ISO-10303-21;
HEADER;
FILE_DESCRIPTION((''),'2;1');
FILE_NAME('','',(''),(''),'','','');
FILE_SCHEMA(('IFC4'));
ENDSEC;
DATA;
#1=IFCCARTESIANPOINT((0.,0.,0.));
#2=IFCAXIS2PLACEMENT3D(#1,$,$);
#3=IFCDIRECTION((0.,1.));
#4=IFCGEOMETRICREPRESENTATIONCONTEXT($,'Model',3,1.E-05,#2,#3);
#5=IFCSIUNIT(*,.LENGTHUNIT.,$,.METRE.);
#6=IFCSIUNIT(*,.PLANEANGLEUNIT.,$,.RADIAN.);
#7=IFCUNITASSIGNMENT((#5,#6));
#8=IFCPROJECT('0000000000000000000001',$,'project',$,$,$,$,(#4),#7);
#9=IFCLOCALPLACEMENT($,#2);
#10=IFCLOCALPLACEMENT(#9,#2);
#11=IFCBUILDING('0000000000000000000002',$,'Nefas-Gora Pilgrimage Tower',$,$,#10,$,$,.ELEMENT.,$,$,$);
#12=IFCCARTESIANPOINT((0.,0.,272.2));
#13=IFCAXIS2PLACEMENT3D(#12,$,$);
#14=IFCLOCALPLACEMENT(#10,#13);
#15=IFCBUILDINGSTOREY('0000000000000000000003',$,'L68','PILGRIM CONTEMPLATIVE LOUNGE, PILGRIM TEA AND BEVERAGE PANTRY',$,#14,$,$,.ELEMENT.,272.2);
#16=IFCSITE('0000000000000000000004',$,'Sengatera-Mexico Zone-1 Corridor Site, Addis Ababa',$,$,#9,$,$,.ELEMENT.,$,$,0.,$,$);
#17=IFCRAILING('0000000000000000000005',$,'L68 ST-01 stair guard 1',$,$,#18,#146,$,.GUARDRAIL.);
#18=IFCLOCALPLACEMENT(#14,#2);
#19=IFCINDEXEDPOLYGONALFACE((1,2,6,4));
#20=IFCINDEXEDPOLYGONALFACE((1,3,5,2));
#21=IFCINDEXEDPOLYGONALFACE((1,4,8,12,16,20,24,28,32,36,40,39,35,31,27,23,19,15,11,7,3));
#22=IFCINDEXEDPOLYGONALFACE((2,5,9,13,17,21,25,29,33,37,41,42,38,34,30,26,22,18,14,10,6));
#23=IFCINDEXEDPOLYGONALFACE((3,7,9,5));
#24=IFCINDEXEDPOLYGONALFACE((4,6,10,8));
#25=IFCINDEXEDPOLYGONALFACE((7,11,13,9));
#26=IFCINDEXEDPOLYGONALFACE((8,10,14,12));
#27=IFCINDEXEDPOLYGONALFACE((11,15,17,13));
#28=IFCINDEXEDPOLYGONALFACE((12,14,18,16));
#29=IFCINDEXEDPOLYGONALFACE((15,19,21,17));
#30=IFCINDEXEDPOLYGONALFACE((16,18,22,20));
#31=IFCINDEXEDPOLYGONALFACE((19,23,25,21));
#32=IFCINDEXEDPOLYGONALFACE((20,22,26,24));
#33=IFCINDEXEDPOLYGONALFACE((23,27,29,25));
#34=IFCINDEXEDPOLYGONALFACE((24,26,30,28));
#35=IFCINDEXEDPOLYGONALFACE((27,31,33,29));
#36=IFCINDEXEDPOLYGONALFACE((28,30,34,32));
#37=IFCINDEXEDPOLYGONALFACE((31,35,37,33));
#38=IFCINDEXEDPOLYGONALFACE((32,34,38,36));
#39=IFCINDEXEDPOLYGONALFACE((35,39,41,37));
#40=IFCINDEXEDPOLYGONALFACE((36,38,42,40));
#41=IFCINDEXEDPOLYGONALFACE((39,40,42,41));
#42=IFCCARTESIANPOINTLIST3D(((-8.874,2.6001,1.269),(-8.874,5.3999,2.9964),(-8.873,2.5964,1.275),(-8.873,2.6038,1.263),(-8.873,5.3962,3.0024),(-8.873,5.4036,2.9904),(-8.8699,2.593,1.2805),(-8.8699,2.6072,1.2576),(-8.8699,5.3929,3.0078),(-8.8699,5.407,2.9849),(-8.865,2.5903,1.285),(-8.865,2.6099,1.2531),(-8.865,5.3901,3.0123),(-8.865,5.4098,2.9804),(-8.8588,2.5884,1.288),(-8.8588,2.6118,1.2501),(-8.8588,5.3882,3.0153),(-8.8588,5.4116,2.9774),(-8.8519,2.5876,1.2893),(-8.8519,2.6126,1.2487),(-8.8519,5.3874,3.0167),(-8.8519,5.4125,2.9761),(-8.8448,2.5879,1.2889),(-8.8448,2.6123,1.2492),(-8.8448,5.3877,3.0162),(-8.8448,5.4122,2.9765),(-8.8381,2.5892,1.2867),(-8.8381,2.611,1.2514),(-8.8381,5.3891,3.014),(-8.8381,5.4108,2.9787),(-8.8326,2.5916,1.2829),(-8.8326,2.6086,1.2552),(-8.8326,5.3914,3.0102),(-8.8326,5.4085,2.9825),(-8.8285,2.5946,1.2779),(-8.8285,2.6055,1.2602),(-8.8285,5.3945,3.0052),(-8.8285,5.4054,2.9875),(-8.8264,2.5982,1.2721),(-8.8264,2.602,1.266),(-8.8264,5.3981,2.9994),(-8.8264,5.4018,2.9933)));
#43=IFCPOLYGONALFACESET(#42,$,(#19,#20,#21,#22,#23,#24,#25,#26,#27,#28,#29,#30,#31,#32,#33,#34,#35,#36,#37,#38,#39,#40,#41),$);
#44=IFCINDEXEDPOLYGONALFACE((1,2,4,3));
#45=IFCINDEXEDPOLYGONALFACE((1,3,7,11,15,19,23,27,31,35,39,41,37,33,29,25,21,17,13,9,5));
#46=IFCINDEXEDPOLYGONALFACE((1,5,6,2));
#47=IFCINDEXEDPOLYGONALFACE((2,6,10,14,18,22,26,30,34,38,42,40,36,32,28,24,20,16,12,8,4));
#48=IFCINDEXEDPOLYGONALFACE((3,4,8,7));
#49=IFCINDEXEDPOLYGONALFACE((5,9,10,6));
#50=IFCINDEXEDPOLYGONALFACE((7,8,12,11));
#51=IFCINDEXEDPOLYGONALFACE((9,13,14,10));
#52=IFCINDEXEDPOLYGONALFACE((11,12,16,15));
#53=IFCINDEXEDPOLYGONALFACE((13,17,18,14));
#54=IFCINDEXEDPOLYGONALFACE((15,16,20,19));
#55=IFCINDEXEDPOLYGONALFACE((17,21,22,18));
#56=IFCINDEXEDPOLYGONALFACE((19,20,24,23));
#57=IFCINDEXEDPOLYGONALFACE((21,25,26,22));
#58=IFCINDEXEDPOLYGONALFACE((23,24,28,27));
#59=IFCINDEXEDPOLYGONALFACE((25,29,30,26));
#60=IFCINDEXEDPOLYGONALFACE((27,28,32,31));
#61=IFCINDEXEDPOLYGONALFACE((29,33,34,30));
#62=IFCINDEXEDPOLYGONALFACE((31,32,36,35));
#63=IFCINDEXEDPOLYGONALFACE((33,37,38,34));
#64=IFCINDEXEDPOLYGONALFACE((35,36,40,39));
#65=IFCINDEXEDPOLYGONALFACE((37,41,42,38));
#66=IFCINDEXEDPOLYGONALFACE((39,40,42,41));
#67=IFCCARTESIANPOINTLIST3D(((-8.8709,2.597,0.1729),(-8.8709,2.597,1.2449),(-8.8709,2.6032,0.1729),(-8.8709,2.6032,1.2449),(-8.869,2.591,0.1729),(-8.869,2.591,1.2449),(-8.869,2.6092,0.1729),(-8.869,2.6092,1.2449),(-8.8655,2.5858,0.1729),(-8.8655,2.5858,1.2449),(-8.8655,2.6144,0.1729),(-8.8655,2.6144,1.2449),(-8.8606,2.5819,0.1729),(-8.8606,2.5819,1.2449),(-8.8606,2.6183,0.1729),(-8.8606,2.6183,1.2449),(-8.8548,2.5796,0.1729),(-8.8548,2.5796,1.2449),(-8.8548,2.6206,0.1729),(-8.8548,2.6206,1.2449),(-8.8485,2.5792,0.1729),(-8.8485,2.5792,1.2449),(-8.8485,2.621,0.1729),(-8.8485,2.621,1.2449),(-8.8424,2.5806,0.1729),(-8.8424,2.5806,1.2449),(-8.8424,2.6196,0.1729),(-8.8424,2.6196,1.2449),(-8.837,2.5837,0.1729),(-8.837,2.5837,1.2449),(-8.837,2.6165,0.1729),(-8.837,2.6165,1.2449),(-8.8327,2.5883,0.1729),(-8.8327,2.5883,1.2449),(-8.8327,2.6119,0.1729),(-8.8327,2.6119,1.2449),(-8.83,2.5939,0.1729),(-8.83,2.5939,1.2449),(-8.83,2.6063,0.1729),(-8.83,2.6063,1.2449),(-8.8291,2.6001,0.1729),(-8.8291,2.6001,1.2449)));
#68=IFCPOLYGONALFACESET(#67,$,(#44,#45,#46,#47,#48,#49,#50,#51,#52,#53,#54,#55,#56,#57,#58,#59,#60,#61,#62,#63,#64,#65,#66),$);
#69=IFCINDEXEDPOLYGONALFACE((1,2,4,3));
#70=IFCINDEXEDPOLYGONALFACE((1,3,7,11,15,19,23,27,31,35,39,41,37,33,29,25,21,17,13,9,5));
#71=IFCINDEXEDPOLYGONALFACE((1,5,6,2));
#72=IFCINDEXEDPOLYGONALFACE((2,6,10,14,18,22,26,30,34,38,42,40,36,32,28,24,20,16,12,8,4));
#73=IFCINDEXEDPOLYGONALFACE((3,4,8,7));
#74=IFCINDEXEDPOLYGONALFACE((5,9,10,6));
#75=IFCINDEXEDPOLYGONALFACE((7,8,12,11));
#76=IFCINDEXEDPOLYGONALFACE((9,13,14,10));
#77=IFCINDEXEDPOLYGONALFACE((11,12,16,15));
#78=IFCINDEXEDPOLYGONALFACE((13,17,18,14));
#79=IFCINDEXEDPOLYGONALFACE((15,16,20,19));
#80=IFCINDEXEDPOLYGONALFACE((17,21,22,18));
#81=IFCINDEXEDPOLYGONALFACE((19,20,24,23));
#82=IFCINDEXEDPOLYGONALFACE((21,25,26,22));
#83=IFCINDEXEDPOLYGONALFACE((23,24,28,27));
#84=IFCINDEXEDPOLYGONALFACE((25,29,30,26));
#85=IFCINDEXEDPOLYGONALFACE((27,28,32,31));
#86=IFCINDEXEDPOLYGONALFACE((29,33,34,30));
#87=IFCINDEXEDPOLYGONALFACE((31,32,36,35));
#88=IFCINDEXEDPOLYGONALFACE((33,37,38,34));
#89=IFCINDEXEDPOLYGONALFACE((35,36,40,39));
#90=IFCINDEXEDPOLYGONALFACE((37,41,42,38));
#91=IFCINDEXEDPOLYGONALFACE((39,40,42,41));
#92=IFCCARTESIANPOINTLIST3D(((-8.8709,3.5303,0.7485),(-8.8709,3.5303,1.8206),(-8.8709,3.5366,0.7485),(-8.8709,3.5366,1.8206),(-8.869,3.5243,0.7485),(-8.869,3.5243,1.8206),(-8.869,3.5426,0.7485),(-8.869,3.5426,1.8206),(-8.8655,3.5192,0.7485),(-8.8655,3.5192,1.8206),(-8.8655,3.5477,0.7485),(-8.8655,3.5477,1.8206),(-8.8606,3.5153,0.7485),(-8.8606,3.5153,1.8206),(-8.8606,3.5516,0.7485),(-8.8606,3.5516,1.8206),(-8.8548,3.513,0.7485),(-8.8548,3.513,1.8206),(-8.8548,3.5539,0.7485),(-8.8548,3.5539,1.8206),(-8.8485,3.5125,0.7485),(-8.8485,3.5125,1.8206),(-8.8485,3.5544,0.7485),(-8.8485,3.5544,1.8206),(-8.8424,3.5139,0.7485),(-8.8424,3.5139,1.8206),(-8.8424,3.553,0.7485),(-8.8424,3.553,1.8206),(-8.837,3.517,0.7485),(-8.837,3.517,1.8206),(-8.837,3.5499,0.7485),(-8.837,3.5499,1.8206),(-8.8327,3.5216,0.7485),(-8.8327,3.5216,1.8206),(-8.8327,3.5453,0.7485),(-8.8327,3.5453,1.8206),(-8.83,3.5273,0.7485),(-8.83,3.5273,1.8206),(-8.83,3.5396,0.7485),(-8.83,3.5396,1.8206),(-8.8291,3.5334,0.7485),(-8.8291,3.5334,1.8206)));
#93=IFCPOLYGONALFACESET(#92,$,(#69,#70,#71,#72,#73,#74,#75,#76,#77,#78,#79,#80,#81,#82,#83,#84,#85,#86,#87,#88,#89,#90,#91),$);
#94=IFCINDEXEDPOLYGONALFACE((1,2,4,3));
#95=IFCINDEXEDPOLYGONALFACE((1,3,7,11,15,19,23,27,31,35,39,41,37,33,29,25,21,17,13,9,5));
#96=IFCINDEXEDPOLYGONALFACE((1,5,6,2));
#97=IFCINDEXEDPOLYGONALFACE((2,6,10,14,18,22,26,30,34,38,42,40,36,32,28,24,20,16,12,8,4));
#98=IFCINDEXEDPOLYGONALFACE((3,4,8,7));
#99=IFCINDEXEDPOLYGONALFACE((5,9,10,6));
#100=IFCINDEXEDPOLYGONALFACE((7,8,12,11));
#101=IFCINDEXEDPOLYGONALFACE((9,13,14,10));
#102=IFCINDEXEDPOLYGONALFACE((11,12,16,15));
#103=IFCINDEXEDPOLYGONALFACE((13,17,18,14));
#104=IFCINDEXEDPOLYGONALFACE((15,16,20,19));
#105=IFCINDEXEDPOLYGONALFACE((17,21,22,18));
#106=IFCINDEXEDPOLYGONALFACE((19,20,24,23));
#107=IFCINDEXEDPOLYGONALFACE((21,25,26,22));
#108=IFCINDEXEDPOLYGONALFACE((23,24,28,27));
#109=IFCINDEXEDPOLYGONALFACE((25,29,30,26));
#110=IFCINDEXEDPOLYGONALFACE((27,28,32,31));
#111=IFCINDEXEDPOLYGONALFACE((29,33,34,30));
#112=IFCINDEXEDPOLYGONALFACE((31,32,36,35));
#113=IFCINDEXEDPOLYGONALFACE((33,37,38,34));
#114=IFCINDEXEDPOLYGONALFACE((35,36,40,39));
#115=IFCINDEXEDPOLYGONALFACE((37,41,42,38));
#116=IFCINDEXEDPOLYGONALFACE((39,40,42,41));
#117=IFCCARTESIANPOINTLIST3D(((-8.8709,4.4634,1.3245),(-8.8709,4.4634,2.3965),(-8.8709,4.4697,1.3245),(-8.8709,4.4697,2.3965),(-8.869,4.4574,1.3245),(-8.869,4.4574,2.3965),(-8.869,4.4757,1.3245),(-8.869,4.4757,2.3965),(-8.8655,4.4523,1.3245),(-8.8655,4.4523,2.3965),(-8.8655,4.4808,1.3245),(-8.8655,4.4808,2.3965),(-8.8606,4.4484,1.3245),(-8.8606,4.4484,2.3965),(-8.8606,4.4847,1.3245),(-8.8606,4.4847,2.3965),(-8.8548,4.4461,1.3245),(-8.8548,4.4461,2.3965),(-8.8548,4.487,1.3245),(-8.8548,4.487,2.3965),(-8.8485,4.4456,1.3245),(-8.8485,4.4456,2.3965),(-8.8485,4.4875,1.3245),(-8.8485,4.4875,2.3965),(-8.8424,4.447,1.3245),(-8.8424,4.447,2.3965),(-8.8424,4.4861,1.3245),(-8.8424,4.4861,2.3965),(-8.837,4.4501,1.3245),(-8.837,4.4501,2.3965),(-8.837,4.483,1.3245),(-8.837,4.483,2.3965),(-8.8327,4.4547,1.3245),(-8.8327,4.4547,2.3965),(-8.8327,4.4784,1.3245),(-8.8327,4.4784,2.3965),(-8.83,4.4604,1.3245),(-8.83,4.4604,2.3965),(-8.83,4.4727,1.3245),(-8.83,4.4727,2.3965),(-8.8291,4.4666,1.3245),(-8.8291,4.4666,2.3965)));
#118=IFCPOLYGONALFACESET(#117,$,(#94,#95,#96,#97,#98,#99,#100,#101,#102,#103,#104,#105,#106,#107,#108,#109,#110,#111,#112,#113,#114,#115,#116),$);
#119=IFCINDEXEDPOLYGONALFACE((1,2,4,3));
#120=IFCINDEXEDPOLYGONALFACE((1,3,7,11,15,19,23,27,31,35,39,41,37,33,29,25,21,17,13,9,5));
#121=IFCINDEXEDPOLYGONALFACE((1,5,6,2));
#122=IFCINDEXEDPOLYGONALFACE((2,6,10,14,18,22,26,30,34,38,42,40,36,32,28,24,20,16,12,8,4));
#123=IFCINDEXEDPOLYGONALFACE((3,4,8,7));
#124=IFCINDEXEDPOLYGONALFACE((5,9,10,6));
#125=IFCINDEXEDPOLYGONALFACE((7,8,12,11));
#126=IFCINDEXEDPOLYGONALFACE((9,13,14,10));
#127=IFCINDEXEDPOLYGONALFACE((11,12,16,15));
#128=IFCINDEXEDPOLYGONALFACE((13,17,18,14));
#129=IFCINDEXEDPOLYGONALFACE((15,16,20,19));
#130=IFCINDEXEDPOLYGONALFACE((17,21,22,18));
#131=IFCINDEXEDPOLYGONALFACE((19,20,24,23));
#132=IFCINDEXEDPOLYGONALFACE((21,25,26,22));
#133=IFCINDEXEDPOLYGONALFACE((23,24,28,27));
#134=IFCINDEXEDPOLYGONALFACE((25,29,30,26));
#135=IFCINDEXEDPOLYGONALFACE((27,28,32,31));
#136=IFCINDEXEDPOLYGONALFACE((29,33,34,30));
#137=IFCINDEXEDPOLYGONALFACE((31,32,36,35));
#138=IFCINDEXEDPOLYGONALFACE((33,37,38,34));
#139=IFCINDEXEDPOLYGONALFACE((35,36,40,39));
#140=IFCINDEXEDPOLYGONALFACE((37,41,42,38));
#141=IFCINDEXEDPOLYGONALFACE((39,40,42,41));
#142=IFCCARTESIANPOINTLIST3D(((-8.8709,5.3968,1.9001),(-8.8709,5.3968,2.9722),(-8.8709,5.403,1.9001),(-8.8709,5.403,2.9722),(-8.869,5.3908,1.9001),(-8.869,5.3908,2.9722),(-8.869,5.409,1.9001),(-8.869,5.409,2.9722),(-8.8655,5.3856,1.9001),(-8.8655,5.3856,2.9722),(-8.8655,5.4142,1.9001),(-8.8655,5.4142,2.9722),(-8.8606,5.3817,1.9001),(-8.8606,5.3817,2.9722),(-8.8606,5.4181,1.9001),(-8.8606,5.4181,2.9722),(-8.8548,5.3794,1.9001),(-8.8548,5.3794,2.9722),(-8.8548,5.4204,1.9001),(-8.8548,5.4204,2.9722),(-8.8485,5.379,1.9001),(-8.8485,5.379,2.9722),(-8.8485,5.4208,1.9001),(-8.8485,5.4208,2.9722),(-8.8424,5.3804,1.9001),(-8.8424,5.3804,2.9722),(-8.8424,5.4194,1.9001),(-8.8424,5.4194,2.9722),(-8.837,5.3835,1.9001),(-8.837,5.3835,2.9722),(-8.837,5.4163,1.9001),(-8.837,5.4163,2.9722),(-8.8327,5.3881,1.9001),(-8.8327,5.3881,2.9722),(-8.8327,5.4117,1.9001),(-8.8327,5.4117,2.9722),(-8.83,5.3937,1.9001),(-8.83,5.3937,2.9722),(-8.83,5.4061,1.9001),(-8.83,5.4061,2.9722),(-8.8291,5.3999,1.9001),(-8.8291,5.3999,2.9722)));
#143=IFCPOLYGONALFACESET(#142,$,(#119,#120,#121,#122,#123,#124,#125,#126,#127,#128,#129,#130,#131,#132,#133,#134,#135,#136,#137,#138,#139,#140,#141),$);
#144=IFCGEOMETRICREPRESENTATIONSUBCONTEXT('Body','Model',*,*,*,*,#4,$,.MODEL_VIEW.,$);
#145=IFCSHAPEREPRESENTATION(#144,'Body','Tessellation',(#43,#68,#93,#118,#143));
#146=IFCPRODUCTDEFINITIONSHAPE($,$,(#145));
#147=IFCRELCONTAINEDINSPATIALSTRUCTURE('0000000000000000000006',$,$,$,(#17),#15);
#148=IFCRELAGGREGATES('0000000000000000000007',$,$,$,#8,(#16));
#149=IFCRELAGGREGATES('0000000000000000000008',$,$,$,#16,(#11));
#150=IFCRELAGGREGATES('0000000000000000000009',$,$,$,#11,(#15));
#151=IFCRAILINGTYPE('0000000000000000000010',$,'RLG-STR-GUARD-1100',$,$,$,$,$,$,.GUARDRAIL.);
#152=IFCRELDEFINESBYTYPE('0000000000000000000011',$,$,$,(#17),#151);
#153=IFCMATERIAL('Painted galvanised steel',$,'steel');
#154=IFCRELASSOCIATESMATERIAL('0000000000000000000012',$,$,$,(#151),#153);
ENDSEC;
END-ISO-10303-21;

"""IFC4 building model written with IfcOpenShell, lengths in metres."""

from ifc_helpers import new_model, si_unit, direction, frame, origin, origin_2d, place, context, subcontext, project, spatial, circle, extrude, material, type_object, element, save


model = new_model("IFC4")

# Units and contexts
model_context = context("Model", 3, precision=1e-05, world=origin(), true_north=direction((0.0, 1.0)))
body_context = subcontext(model_context, "Body", "Model", "MODEL_VIEW")
ifc_project = project(units=[si_unit("LENGTHUNIT", "METRE"), si_unit("PLANEANGLEUNIT", "RADIAN")], contexts=[model_context])

# Site, building, storey
site_placement = place(None, origin())
site = spatial("IfcSite", under=ifc_project, at=site_placement, Name="Sengatera-Mexico Zone-1 Corridor Site, Addis Ababa", CompositionType="ELEMENT", RefElevation=0.0)
building_placement = place(site_placement, origin())
building = spatial("IfcBuilding", under=site, at=building_placement, Name="Nefas-Gora Pilgrimage Tower", CompositionType="ELEMENT")
storey_placement = place(building_placement, frame((0.0, 0.0, 272.2)))
storey = spatial("IfcBuildingStorey", under=building, at=storey_placement, Name="L68", Description="PILGRIM CONTEMPLATIVE LOUNGE, PILGRIM TEA AND BEVERAGE PANTRY", CompositionType="ELEMENT", Elevation=272.2)

# Railing
ifc_material_1 = material(Name="Painted galvanised steel", Category="steel")
railing_type_1 = type_object("IfcRailingType", Name="RLG-STR-GUARD-1100", PredefinedType="GUARDRAIL", material=ifc_material_1)
railing_1_placement = place(storey_placement, frame((-8.8501, 2.6001, 0.1729)))
element("IfcRailing", 1, at=railing_1_placement, inside=storey, type_object=railing_type_1, Name="L68 ST-01 stair guard 1", PredefinedType="GUARDRAIL", context=body_context, shape_type="SweptSolid", body=[
    extrude(circle(Radius=0.0239, at=origin_2d()), frame((0.0, 0.0, 1.0962), z_axis=(0.0, 0.851069, 0.525054), x_axis=(-1.0, 0.0, 0.0)), (0.0, 0.0, 1.0), 3.2898),
    extrude(circle(Radius=0.021, at=origin_2d()), origin(), (0.0, 0.0, 1.0), 1.072),
    extrude(circle(Radius=0.021, at=origin_2d()), frame((0.0, 0.9333, 0.5757)), (0.0, 0.0, 1.0), 1.072),
    extrude(circle(Radius=0.021, at=origin_2d()), frame((0.0, 1.8665, 1.1516)), (0.0, 0.0, 1.0), 1.072),
    extrude(circle(Radius=0.021, at=origin_2d()), frame((0.0, 2.7998, 1.7273)), (0.0, 0.0, 1.0), 1.072),
])

save(model, "model.ifc")
